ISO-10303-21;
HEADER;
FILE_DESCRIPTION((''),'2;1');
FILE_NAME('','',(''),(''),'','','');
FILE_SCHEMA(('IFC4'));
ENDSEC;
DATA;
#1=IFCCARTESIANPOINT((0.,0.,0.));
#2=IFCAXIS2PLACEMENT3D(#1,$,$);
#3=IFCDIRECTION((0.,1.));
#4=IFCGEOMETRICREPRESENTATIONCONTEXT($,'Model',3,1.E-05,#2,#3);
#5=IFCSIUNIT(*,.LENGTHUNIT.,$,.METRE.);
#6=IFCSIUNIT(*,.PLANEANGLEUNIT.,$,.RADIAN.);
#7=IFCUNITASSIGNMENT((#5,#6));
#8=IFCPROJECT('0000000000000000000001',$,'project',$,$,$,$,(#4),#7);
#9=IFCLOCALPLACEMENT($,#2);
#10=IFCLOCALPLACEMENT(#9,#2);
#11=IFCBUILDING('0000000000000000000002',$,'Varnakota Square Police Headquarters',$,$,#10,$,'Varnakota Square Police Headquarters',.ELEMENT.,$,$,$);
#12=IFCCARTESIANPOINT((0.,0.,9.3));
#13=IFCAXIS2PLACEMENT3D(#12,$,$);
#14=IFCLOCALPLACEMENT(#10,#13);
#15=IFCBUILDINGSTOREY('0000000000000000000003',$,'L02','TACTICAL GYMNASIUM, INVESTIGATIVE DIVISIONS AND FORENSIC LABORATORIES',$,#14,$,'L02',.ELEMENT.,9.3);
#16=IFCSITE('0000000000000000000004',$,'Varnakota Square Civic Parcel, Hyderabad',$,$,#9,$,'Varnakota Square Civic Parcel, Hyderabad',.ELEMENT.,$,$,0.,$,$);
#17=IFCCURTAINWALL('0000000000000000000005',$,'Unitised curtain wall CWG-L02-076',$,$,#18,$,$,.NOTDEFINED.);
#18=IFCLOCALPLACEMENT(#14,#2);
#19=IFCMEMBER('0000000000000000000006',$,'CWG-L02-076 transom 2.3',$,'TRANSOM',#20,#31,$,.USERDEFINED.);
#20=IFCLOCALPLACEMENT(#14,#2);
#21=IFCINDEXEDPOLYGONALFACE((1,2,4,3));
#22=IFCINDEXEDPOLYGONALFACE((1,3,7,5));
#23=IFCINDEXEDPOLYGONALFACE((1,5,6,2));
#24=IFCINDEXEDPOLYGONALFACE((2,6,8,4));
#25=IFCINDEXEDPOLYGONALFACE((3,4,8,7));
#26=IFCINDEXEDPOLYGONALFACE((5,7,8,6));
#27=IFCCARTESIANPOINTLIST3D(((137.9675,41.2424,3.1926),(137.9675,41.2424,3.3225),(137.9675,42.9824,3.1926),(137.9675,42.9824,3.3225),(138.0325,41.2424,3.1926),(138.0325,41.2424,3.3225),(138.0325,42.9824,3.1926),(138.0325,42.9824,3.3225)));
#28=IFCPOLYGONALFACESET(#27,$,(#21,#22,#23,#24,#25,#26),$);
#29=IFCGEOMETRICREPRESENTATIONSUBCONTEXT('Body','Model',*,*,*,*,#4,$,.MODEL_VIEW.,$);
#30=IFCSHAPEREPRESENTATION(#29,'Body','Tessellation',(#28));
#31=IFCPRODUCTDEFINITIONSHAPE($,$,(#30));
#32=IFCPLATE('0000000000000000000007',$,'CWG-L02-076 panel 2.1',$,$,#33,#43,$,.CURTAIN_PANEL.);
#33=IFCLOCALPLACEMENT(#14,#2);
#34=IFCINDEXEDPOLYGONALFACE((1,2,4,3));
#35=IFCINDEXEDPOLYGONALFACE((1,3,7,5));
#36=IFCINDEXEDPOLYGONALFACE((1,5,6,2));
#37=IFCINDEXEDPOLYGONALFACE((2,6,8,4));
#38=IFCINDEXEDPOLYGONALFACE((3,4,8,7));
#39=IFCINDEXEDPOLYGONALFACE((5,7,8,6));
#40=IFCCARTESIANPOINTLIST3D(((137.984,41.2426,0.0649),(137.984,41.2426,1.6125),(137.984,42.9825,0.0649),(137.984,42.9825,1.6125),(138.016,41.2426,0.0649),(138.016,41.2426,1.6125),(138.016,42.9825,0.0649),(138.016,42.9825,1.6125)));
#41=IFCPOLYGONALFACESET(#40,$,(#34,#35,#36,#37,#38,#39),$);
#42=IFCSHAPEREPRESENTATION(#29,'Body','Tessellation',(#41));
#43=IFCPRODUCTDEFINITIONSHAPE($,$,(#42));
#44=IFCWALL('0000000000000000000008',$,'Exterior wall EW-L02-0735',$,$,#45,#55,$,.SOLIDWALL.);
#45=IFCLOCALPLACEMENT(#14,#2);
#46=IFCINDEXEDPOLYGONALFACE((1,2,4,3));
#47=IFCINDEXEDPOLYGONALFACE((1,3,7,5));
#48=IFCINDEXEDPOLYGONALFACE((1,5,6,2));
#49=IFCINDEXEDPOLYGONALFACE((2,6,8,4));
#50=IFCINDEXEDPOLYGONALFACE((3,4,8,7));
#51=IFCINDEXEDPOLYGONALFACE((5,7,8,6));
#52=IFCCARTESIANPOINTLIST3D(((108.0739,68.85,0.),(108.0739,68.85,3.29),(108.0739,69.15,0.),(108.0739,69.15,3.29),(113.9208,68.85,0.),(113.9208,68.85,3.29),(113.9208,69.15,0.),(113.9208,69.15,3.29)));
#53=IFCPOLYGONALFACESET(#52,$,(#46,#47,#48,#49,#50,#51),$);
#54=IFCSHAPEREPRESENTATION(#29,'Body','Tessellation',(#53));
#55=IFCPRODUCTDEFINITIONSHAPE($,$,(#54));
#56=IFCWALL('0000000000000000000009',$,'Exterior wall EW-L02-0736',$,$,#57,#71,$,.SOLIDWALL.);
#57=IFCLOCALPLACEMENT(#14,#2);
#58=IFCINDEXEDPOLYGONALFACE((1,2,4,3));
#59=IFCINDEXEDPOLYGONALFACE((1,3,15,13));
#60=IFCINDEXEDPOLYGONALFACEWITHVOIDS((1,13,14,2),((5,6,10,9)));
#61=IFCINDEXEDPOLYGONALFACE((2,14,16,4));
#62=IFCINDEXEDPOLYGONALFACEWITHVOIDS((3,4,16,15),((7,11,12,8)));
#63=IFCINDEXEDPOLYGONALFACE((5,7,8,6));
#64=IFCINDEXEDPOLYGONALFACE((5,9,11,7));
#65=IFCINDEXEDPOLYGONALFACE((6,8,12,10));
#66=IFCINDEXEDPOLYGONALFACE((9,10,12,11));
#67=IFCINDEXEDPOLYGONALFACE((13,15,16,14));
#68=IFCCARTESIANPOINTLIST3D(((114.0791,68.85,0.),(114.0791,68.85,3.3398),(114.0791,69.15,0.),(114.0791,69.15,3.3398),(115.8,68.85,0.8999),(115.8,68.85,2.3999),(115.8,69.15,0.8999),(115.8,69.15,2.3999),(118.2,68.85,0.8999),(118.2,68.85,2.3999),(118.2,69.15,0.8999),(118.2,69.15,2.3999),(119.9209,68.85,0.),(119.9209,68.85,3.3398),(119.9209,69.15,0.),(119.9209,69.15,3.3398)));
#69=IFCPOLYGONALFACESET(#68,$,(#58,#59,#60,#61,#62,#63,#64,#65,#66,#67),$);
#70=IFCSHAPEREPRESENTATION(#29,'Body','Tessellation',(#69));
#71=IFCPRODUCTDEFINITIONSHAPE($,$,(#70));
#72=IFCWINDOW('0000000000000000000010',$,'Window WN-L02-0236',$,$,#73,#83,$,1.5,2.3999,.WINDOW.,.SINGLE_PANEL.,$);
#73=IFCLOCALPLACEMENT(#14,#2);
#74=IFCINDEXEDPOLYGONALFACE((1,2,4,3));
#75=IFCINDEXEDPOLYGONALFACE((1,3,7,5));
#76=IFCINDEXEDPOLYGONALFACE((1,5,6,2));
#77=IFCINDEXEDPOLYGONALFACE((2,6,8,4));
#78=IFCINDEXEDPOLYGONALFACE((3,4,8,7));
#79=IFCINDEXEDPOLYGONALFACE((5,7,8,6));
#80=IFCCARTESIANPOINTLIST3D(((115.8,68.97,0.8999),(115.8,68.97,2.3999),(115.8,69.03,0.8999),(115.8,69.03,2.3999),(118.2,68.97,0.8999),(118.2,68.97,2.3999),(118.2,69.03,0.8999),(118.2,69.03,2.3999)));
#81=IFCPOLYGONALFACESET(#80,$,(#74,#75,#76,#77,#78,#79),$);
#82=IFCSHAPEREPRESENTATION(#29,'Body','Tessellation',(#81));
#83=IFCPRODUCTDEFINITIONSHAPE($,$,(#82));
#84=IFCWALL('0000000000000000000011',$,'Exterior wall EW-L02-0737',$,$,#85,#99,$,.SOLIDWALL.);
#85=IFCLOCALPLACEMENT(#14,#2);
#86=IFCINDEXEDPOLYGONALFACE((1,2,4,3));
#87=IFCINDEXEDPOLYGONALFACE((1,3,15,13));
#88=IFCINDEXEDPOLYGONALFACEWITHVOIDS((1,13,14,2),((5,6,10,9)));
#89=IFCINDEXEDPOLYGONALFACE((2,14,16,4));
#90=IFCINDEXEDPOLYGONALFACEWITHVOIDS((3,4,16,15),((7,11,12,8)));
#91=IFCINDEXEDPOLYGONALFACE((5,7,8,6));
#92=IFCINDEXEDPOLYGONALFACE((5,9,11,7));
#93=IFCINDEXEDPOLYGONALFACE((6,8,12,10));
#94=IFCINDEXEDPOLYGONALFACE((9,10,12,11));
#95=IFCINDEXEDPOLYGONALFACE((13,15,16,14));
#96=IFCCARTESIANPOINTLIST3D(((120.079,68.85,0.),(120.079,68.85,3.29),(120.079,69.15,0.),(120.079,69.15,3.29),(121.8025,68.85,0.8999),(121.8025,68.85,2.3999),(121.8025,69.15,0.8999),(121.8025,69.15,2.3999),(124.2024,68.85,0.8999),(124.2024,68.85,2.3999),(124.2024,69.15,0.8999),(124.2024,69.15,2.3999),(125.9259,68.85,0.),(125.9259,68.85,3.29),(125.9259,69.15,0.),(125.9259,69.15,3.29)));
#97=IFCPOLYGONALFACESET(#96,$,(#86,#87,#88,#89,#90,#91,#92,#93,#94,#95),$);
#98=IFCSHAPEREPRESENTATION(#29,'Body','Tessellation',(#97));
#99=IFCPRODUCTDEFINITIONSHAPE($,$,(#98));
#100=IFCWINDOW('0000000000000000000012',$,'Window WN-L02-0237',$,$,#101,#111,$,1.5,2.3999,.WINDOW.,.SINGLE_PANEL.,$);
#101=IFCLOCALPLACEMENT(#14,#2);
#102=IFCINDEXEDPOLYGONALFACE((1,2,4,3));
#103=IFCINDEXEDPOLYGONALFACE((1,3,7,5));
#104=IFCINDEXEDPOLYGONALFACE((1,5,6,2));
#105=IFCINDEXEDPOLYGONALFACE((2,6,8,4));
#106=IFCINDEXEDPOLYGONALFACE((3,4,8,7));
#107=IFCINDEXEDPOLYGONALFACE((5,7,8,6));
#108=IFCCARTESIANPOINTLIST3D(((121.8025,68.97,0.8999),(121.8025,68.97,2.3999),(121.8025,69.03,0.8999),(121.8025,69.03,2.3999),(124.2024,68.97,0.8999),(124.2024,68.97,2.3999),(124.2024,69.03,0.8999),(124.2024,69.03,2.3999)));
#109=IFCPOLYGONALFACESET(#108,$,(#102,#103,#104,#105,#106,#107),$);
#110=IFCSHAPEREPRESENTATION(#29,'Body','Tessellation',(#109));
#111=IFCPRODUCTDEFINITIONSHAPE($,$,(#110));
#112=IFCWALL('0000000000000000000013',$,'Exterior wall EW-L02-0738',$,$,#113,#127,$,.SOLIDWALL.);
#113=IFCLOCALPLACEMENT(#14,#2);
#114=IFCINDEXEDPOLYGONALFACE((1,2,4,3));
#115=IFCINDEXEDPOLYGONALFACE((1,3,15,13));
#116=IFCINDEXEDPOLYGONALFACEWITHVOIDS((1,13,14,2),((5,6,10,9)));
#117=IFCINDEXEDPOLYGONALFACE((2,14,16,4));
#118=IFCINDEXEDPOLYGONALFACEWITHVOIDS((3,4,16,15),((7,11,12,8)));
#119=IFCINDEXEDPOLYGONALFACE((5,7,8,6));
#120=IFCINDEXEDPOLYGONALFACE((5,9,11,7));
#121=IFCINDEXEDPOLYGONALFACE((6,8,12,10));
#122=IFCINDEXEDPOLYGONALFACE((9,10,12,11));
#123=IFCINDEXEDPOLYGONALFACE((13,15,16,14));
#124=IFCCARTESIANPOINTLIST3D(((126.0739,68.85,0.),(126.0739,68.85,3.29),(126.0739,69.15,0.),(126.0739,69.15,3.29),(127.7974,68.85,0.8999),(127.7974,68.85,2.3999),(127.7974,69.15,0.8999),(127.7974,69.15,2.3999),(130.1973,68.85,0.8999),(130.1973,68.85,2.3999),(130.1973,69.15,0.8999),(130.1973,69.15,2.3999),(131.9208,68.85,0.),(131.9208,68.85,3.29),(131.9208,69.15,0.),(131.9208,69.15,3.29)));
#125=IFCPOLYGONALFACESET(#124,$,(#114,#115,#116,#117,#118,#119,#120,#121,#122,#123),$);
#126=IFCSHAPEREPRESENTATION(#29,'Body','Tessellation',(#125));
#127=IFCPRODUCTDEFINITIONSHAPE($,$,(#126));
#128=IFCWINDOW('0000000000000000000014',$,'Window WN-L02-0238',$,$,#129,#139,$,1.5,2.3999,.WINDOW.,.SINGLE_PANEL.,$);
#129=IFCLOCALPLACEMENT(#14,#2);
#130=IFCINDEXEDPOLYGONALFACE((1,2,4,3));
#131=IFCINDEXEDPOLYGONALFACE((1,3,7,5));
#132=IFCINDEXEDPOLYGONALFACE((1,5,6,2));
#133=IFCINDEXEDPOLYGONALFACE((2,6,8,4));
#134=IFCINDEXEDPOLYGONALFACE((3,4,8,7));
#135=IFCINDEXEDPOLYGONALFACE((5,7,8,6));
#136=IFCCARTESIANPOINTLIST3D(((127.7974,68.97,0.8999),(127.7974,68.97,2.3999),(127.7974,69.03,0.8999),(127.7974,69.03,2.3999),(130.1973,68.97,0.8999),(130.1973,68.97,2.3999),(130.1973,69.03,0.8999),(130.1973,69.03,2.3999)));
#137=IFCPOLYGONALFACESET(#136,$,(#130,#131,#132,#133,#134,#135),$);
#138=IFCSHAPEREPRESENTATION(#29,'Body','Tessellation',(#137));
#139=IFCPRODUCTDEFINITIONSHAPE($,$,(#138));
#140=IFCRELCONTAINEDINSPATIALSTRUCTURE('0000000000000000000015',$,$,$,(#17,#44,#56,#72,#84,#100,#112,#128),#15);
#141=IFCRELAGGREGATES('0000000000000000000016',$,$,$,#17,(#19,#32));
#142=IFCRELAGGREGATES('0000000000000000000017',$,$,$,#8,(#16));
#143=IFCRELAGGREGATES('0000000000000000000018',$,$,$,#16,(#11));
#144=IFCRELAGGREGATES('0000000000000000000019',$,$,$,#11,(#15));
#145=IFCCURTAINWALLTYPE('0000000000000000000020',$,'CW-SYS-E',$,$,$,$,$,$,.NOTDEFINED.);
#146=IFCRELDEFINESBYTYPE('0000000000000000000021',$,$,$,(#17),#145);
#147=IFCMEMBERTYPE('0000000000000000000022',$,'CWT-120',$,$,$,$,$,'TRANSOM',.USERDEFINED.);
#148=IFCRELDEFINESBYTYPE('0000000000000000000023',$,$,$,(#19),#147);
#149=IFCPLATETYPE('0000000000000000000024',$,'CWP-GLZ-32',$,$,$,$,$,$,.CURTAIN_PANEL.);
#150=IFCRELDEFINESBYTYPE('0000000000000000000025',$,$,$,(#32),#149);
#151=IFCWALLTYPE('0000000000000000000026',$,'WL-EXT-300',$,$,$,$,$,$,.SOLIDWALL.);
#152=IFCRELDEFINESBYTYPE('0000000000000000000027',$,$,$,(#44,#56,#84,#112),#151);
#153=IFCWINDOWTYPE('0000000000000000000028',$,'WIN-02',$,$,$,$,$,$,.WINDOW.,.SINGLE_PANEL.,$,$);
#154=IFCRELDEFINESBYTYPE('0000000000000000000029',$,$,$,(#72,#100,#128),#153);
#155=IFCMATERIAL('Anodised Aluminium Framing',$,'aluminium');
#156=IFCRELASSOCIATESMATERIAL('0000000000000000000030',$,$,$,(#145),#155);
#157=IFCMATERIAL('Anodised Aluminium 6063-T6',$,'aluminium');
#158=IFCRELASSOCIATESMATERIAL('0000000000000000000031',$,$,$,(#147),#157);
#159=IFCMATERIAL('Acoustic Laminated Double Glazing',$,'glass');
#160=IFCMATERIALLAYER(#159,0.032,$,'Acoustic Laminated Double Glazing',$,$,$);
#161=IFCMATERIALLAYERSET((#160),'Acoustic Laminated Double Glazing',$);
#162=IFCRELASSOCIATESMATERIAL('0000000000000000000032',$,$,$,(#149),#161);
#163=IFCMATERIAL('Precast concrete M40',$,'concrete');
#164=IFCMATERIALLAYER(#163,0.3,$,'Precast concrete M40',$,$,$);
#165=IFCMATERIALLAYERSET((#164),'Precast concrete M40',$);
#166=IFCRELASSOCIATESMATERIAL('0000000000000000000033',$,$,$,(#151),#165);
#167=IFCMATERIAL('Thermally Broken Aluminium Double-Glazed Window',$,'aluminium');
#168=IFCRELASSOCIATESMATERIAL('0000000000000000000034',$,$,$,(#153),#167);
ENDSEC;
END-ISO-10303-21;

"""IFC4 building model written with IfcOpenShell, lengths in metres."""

from ifc_helpers import new_model, si_unit, direction, frame, frame_2d, origin, origin_2d, place, context, subcontext, project, spatial, rectangle, extrude, material, layer, layer_set, material_profile, profile_set, type_object, element, fill, aggregate, save


model = new_model("IFC4")

# Units and contexts
model_context = context("Model", 3, precision=1e-05, world=origin(), true_north=direction((0.0, 1.0)))
body_context = subcontext(model_context, "Body", "Model", "MODEL_VIEW")
ifc_project = project(units=[si_unit("LENGTHUNIT", "METRE"), si_unit("PLANEANGLEUNIT", "RADIAN")], contexts=[model_context])

# Site, building, storey
site_placement = place(None, origin())
site = spatial("IfcSite", under=ifc_project, at=site_placement, Name="Varnakota Square Civic Parcel, Hyderabad", LongName="Varnakota Square Civic Parcel, Hyderabad", CompositionType="ELEMENT", RefElevation=0.0)
building_placement = place(site_placement, origin())
building = spatial("IfcBuilding", under=site, at=building_placement, Name="Varnakota Square Police Headquarters", LongName="Varnakota Square Police Headquarters", CompositionType="ELEMENT")
storey_placement = place(building_placement, frame((0.0, 0.0, 9.3)))
storey = spatial("IfcBuildingStorey", under=building, at=storey_placement, Name="L02", Description="TACTICAL GYMNASIUM, INVESTIGATIVE DIVISIONS AND FORENSIC LABORATORIES", LongName="L02", CompositionType="ELEMENT", Elevation=9.3)

# Curtain wall, member, plate
ifc_material_1 = material(Name="Anodised Aluminium Framing", Category="aluminium")
curtain_wall_type = type_object("IfcCurtainWallType", Name="CW-SYS-E", PredefinedType="NOTDEFINED", material=ifc_material_1)
curtain_wall_placement = place(storey_placement, origin())
curtain_wall = element("IfcCurtainWall", 1, at=curtain_wall_placement, inside=storey, type_object=curtain_wall_type, Name="Unitised curtain wall CWG-L02-076", PredefinedType="NOTDEFINED")
ifc_material_2 = material(Name="Anodised Aluminium 6063-T6", Category="aluminium")
ifc_material_profile_1 = material_profile(ifc_material_2, rectangle(XDim=0.0649, YDim=0.1299, at=origin_2d()), Name="ALU TRANSOM 65x130")
ifc_profile_set_1 = profile_set([ifc_material_profile_1], Name="Anodised Aluminium 6063-T6")
member_type = type_object("IfcMemberType", Name="CWT-120", ElementType="TRANSOM", PredefinedType="USERDEFINED", material=ifc_profile_set_1)
member_placement = place(storey_placement, frame((138.0, 41.2424, 3.2576), z_axis=(0.0, 1.0, 0.0), x_axis=(-1.0, 0.0, 0.0)))
member = element("IfcMember", 2, at=member_placement, type_object=member_type, Name="CWG-L02-076 transom 2.3", ObjectType="TRANSOM", PredefinedType="USERDEFINED", context=body_context, shape_type="SweptSolid", body=[
    extrude(rectangle(XDim=0.0649, YDim=0.1299, at=origin_2d()), origin(), (0.0, 0.0, 1.0), 1.74),
])
ifc_material_3 = material(Name="Acoustic Laminated Double Glazing", Category="glass")
ifc_layer_1 = layer(ifc_material_3, 0.032, Name="Acoustic Laminated Double Glazing")
ifc_layer_set_1 = layer_set([ifc_layer_1], Name="Acoustic Laminated Double Glazing")
plate_type = type_object("IfcPlateType", Name="CWP-GLZ-32", PredefinedType="CURTAIN_PANEL", material=ifc_layer_set_1)
plate_placement = place(storey_placement, frame((138.0, 42.1125, 0.0649), z_axis=(0.0, 0.0, 1.0), x_axis=(0.0, 1.0, 0.0)))
plate = element("IfcPlate", 3, at=plate_placement, type_object=plate_type, Name="CWG-L02-076 panel 2.1", PredefinedType="CURTAIN_PANEL", context=body_context, shape_type="SweptSolid", body=[
    extrude(rectangle(XDim=1.74, YDim=0.032, at=origin_2d()), origin(), (0.0, 0.0, 1.0), 1.5476),
])
aggregate(curtain_wall, [member, plate])

# Wall
ifc_material_4 = material(Name="Precast concrete M40", Category="concrete")
ifc_layer_2 = layer(ifc_material_4, 0.3, Name="Precast concrete M40")
ifc_layer_set_2 = layer_set([ifc_layer_2], Name="Precast concrete M40")
wall_type = type_object("IfcWallType", Name="WL-EXT-300", PredefinedType="SOLIDWALL", material=ifc_layer_set_2)
wall_1_placement = place(storey_placement, frame((108.074, 69.0, 0.0), z_axis=(0.0, 0.0, 1.0), x_axis=(1.0, 0.0, 0.0)))
element("IfcWall", 4, at=wall_1_placement, inside=storey, type_object=wall_type, Name="Exterior wall EW-L02-0735", PredefinedType="SOLIDWALL", context=body_context, shape_type="SweptSolid", body=[
    extrude(rectangle(XDim=5.8469, YDim=0.3, at=frame_2d((2.9233, 0.0))), origin(), (0.0, 0.0, 1.0), 3.29),
])

# Walls, openings, windows
wall_2_placement = place(storey_placement, frame((114.0791, 69.0, 0.0), z_axis=(0.0, 0.0, 1.0), x_axis=(1.0, 0.0, 0.0)))
wall_2 = element("IfcWall", 5, at=wall_2_placement, inside=storey, type_object=wall_type, Name="Exterior wall EW-L02-0736", PredefinedType="SOLIDWALL", context=body_context, shape_type="SweptSolid", body=[
    extrude(rectangle(XDim=5.8418, YDim=0.3, at=frame_2d((2.9209, 0.0))), origin(), (0.0, 0.0, 1.0), 3.3398),
])
opening_1_placement = place(wall_2_placement, frame((1.7209, 0.0, 0.8999)))
opening_1 = element("IfcOpeningElement", 6, at=opening_1_placement, cuts=wall_2, PredefinedType="OPENING", context=body_context, shape_type="SweptSolid", body=[
    extrude(rectangle(XDim=2.3999, YDim=1.5, at=frame_2d((1.2, 0.75))), frame((0.0, 0.1599, 0.0), z_axis=(0.0, -1.0, 0.0), x_axis=(1.0, 0.0, 0.0)), (0.0, 0.0, 1.0), 0.3201),
])
ifc_material_5 = material(Name="Thermally Broken Aluminium Double-Glazed Window", Category="aluminium")
window_type = type_object("IfcWindowType", Name="WIN-02", PartitioningType="SINGLE_PANEL", PredefinedType="WINDOW", material=ifc_material_5)
window_1_placement = place(opening_1_placement, origin())
window_1 = element("IfcWindow", 7, at=window_1_placement, inside=storey, type_object=window_type, Name="Window WN-L02-0236", OverallHeight=1.5, OverallWidth=2.3999, PartitioningType="SINGLE_PANEL", PredefinedType="WINDOW", context=body_context, shape_type="SweptSolid", body=[
    extrude(rectangle(XDim=2.3999, YDim=1.5, at=frame_2d((1.2, 0.75))), frame((0.0, 0.03, 0.0), z_axis=(0.0, -1.0, 0.0), x_axis=(1.0, 0.0, 0.0)), (0.0, 0.0, 1.0), 0.0601),
])
fill(opening_1, window_1)
wall_3_placement = place(storey_placement, frame((120.0791, 69.0, 0.0), z_axis=(0.0, 0.0, 1.0), x_axis=(1.0, 0.0, 0.0)))
wall_3 = element("IfcWall", 8, at=wall_3_placement, inside=storey, type_object=wall_type, Name="Exterior wall EW-L02-0737", PredefinedType="SOLIDWALL", context=body_context, shape_type="SweptSolid", body=[
    extrude(rectangle(XDim=5.8469, YDim=0.3, at=frame_2d((2.9233, 0.0))), origin(), (0.0, 0.0, 1.0), 3.29),
])
opening_2_placement = place(wall_3_placement, frame((1.7234, 0.0, 0.8999)))
opening_2 = element("IfcOpeningElement", 9, at=opening_2_placement, cuts=wall_3, PredefinedType="OPENING", context=body_context, shape_type="SweptSolid", body=[
    extrude(rectangle(XDim=2.3999, YDim=1.5, at=frame_2d((1.2, 0.75))), frame((0.0, 0.1599, 0.0), z_axis=(0.0, -1.0, 0.0), x_axis=(1.0, 0.0, 0.0)), (0.0, 0.0, 1.0), 0.3201),
])
window_2_placement = place(opening_2_placement, origin())
window_2 = element("IfcWindow", 10, at=window_2_placement, inside=storey, type_object=window_type, Name="Window WN-L02-0237", OverallHeight=1.5, OverallWidth=2.3999, PartitioningType="SINGLE_PANEL", PredefinedType="WINDOW", context=body_context, shape_type="SweptSolid", body=[
    extrude(rectangle(XDim=2.3999, YDim=1.5, at=frame_2d((1.2, 0.75))), frame((0.0, 0.03, 0.0), z_axis=(0.0, -1.0, 0.0), x_axis=(1.0, 0.0, 0.0)), (0.0, 0.0, 1.0), 0.0601),
])
fill(opening_2, window_2)
wall_4_placement = place(storey_placement, frame((126.074, 69.0, 0.0), z_axis=(0.0, 0.0, 1.0), x_axis=(1.0, 0.0, 0.0)))
wall_4 = element("IfcWall", 11, at=wall_4_placement, inside=storey, type_object=wall_type, Name="Exterior wall EW-L02-0738", PredefinedType="SOLIDWALL", context=body_context, shape_type="SweptSolid", body=[
    extrude(rectangle(XDim=5.8469, YDim=0.3, at=frame_2d((2.9233, 0.0))), origin(), (0.0, 0.0, 1.0), 3.29),
])
opening_3_placement = place(wall_4_placement, frame((1.7234, 0.0, 0.8999)))
opening_3 = element("IfcOpeningElement", 12, at=opening_3_placement, cuts=wall_4, PredefinedType="OPENING", context=body_context, shape_type="SweptSolid", body=[
    extrude(rectangle(XDim=2.3999, YDim=1.5, at=frame_2d((1.2, 0.75))), frame((0.0, 0.1599, 0.0), z_axis=(0.0, -1.0, 0.0), x_axis=(1.0, 0.0, 0.0)), (0.0, 0.0, 1.0), 0.3201),
])
window_3_placement = place(opening_3_placement, origin())
window_3 = element("IfcWindow", 13, at=window_3_placement, inside=storey, type_object=window_type, Name="Window WN-L02-0238", OverallHeight=1.5, OverallWidth=2.3999, PartitioningType="SINGLE_PANEL", PredefinedType="WINDOW", context=body_context, shape_type="SweptSolid", body=[
    extrude(rectangle(XDim=2.3999, YDim=1.5, at=frame_2d((1.2, 0.75))), frame((0.0, 0.03, 0.0), z_axis=(0.0, -1.0, 0.0), x_axis=(1.0, 0.0, 0.0)), (0.0, 0.0, 1.0), 0.0601),
])
fill(opening_3, window_3)

save(model, "model.ifc")
